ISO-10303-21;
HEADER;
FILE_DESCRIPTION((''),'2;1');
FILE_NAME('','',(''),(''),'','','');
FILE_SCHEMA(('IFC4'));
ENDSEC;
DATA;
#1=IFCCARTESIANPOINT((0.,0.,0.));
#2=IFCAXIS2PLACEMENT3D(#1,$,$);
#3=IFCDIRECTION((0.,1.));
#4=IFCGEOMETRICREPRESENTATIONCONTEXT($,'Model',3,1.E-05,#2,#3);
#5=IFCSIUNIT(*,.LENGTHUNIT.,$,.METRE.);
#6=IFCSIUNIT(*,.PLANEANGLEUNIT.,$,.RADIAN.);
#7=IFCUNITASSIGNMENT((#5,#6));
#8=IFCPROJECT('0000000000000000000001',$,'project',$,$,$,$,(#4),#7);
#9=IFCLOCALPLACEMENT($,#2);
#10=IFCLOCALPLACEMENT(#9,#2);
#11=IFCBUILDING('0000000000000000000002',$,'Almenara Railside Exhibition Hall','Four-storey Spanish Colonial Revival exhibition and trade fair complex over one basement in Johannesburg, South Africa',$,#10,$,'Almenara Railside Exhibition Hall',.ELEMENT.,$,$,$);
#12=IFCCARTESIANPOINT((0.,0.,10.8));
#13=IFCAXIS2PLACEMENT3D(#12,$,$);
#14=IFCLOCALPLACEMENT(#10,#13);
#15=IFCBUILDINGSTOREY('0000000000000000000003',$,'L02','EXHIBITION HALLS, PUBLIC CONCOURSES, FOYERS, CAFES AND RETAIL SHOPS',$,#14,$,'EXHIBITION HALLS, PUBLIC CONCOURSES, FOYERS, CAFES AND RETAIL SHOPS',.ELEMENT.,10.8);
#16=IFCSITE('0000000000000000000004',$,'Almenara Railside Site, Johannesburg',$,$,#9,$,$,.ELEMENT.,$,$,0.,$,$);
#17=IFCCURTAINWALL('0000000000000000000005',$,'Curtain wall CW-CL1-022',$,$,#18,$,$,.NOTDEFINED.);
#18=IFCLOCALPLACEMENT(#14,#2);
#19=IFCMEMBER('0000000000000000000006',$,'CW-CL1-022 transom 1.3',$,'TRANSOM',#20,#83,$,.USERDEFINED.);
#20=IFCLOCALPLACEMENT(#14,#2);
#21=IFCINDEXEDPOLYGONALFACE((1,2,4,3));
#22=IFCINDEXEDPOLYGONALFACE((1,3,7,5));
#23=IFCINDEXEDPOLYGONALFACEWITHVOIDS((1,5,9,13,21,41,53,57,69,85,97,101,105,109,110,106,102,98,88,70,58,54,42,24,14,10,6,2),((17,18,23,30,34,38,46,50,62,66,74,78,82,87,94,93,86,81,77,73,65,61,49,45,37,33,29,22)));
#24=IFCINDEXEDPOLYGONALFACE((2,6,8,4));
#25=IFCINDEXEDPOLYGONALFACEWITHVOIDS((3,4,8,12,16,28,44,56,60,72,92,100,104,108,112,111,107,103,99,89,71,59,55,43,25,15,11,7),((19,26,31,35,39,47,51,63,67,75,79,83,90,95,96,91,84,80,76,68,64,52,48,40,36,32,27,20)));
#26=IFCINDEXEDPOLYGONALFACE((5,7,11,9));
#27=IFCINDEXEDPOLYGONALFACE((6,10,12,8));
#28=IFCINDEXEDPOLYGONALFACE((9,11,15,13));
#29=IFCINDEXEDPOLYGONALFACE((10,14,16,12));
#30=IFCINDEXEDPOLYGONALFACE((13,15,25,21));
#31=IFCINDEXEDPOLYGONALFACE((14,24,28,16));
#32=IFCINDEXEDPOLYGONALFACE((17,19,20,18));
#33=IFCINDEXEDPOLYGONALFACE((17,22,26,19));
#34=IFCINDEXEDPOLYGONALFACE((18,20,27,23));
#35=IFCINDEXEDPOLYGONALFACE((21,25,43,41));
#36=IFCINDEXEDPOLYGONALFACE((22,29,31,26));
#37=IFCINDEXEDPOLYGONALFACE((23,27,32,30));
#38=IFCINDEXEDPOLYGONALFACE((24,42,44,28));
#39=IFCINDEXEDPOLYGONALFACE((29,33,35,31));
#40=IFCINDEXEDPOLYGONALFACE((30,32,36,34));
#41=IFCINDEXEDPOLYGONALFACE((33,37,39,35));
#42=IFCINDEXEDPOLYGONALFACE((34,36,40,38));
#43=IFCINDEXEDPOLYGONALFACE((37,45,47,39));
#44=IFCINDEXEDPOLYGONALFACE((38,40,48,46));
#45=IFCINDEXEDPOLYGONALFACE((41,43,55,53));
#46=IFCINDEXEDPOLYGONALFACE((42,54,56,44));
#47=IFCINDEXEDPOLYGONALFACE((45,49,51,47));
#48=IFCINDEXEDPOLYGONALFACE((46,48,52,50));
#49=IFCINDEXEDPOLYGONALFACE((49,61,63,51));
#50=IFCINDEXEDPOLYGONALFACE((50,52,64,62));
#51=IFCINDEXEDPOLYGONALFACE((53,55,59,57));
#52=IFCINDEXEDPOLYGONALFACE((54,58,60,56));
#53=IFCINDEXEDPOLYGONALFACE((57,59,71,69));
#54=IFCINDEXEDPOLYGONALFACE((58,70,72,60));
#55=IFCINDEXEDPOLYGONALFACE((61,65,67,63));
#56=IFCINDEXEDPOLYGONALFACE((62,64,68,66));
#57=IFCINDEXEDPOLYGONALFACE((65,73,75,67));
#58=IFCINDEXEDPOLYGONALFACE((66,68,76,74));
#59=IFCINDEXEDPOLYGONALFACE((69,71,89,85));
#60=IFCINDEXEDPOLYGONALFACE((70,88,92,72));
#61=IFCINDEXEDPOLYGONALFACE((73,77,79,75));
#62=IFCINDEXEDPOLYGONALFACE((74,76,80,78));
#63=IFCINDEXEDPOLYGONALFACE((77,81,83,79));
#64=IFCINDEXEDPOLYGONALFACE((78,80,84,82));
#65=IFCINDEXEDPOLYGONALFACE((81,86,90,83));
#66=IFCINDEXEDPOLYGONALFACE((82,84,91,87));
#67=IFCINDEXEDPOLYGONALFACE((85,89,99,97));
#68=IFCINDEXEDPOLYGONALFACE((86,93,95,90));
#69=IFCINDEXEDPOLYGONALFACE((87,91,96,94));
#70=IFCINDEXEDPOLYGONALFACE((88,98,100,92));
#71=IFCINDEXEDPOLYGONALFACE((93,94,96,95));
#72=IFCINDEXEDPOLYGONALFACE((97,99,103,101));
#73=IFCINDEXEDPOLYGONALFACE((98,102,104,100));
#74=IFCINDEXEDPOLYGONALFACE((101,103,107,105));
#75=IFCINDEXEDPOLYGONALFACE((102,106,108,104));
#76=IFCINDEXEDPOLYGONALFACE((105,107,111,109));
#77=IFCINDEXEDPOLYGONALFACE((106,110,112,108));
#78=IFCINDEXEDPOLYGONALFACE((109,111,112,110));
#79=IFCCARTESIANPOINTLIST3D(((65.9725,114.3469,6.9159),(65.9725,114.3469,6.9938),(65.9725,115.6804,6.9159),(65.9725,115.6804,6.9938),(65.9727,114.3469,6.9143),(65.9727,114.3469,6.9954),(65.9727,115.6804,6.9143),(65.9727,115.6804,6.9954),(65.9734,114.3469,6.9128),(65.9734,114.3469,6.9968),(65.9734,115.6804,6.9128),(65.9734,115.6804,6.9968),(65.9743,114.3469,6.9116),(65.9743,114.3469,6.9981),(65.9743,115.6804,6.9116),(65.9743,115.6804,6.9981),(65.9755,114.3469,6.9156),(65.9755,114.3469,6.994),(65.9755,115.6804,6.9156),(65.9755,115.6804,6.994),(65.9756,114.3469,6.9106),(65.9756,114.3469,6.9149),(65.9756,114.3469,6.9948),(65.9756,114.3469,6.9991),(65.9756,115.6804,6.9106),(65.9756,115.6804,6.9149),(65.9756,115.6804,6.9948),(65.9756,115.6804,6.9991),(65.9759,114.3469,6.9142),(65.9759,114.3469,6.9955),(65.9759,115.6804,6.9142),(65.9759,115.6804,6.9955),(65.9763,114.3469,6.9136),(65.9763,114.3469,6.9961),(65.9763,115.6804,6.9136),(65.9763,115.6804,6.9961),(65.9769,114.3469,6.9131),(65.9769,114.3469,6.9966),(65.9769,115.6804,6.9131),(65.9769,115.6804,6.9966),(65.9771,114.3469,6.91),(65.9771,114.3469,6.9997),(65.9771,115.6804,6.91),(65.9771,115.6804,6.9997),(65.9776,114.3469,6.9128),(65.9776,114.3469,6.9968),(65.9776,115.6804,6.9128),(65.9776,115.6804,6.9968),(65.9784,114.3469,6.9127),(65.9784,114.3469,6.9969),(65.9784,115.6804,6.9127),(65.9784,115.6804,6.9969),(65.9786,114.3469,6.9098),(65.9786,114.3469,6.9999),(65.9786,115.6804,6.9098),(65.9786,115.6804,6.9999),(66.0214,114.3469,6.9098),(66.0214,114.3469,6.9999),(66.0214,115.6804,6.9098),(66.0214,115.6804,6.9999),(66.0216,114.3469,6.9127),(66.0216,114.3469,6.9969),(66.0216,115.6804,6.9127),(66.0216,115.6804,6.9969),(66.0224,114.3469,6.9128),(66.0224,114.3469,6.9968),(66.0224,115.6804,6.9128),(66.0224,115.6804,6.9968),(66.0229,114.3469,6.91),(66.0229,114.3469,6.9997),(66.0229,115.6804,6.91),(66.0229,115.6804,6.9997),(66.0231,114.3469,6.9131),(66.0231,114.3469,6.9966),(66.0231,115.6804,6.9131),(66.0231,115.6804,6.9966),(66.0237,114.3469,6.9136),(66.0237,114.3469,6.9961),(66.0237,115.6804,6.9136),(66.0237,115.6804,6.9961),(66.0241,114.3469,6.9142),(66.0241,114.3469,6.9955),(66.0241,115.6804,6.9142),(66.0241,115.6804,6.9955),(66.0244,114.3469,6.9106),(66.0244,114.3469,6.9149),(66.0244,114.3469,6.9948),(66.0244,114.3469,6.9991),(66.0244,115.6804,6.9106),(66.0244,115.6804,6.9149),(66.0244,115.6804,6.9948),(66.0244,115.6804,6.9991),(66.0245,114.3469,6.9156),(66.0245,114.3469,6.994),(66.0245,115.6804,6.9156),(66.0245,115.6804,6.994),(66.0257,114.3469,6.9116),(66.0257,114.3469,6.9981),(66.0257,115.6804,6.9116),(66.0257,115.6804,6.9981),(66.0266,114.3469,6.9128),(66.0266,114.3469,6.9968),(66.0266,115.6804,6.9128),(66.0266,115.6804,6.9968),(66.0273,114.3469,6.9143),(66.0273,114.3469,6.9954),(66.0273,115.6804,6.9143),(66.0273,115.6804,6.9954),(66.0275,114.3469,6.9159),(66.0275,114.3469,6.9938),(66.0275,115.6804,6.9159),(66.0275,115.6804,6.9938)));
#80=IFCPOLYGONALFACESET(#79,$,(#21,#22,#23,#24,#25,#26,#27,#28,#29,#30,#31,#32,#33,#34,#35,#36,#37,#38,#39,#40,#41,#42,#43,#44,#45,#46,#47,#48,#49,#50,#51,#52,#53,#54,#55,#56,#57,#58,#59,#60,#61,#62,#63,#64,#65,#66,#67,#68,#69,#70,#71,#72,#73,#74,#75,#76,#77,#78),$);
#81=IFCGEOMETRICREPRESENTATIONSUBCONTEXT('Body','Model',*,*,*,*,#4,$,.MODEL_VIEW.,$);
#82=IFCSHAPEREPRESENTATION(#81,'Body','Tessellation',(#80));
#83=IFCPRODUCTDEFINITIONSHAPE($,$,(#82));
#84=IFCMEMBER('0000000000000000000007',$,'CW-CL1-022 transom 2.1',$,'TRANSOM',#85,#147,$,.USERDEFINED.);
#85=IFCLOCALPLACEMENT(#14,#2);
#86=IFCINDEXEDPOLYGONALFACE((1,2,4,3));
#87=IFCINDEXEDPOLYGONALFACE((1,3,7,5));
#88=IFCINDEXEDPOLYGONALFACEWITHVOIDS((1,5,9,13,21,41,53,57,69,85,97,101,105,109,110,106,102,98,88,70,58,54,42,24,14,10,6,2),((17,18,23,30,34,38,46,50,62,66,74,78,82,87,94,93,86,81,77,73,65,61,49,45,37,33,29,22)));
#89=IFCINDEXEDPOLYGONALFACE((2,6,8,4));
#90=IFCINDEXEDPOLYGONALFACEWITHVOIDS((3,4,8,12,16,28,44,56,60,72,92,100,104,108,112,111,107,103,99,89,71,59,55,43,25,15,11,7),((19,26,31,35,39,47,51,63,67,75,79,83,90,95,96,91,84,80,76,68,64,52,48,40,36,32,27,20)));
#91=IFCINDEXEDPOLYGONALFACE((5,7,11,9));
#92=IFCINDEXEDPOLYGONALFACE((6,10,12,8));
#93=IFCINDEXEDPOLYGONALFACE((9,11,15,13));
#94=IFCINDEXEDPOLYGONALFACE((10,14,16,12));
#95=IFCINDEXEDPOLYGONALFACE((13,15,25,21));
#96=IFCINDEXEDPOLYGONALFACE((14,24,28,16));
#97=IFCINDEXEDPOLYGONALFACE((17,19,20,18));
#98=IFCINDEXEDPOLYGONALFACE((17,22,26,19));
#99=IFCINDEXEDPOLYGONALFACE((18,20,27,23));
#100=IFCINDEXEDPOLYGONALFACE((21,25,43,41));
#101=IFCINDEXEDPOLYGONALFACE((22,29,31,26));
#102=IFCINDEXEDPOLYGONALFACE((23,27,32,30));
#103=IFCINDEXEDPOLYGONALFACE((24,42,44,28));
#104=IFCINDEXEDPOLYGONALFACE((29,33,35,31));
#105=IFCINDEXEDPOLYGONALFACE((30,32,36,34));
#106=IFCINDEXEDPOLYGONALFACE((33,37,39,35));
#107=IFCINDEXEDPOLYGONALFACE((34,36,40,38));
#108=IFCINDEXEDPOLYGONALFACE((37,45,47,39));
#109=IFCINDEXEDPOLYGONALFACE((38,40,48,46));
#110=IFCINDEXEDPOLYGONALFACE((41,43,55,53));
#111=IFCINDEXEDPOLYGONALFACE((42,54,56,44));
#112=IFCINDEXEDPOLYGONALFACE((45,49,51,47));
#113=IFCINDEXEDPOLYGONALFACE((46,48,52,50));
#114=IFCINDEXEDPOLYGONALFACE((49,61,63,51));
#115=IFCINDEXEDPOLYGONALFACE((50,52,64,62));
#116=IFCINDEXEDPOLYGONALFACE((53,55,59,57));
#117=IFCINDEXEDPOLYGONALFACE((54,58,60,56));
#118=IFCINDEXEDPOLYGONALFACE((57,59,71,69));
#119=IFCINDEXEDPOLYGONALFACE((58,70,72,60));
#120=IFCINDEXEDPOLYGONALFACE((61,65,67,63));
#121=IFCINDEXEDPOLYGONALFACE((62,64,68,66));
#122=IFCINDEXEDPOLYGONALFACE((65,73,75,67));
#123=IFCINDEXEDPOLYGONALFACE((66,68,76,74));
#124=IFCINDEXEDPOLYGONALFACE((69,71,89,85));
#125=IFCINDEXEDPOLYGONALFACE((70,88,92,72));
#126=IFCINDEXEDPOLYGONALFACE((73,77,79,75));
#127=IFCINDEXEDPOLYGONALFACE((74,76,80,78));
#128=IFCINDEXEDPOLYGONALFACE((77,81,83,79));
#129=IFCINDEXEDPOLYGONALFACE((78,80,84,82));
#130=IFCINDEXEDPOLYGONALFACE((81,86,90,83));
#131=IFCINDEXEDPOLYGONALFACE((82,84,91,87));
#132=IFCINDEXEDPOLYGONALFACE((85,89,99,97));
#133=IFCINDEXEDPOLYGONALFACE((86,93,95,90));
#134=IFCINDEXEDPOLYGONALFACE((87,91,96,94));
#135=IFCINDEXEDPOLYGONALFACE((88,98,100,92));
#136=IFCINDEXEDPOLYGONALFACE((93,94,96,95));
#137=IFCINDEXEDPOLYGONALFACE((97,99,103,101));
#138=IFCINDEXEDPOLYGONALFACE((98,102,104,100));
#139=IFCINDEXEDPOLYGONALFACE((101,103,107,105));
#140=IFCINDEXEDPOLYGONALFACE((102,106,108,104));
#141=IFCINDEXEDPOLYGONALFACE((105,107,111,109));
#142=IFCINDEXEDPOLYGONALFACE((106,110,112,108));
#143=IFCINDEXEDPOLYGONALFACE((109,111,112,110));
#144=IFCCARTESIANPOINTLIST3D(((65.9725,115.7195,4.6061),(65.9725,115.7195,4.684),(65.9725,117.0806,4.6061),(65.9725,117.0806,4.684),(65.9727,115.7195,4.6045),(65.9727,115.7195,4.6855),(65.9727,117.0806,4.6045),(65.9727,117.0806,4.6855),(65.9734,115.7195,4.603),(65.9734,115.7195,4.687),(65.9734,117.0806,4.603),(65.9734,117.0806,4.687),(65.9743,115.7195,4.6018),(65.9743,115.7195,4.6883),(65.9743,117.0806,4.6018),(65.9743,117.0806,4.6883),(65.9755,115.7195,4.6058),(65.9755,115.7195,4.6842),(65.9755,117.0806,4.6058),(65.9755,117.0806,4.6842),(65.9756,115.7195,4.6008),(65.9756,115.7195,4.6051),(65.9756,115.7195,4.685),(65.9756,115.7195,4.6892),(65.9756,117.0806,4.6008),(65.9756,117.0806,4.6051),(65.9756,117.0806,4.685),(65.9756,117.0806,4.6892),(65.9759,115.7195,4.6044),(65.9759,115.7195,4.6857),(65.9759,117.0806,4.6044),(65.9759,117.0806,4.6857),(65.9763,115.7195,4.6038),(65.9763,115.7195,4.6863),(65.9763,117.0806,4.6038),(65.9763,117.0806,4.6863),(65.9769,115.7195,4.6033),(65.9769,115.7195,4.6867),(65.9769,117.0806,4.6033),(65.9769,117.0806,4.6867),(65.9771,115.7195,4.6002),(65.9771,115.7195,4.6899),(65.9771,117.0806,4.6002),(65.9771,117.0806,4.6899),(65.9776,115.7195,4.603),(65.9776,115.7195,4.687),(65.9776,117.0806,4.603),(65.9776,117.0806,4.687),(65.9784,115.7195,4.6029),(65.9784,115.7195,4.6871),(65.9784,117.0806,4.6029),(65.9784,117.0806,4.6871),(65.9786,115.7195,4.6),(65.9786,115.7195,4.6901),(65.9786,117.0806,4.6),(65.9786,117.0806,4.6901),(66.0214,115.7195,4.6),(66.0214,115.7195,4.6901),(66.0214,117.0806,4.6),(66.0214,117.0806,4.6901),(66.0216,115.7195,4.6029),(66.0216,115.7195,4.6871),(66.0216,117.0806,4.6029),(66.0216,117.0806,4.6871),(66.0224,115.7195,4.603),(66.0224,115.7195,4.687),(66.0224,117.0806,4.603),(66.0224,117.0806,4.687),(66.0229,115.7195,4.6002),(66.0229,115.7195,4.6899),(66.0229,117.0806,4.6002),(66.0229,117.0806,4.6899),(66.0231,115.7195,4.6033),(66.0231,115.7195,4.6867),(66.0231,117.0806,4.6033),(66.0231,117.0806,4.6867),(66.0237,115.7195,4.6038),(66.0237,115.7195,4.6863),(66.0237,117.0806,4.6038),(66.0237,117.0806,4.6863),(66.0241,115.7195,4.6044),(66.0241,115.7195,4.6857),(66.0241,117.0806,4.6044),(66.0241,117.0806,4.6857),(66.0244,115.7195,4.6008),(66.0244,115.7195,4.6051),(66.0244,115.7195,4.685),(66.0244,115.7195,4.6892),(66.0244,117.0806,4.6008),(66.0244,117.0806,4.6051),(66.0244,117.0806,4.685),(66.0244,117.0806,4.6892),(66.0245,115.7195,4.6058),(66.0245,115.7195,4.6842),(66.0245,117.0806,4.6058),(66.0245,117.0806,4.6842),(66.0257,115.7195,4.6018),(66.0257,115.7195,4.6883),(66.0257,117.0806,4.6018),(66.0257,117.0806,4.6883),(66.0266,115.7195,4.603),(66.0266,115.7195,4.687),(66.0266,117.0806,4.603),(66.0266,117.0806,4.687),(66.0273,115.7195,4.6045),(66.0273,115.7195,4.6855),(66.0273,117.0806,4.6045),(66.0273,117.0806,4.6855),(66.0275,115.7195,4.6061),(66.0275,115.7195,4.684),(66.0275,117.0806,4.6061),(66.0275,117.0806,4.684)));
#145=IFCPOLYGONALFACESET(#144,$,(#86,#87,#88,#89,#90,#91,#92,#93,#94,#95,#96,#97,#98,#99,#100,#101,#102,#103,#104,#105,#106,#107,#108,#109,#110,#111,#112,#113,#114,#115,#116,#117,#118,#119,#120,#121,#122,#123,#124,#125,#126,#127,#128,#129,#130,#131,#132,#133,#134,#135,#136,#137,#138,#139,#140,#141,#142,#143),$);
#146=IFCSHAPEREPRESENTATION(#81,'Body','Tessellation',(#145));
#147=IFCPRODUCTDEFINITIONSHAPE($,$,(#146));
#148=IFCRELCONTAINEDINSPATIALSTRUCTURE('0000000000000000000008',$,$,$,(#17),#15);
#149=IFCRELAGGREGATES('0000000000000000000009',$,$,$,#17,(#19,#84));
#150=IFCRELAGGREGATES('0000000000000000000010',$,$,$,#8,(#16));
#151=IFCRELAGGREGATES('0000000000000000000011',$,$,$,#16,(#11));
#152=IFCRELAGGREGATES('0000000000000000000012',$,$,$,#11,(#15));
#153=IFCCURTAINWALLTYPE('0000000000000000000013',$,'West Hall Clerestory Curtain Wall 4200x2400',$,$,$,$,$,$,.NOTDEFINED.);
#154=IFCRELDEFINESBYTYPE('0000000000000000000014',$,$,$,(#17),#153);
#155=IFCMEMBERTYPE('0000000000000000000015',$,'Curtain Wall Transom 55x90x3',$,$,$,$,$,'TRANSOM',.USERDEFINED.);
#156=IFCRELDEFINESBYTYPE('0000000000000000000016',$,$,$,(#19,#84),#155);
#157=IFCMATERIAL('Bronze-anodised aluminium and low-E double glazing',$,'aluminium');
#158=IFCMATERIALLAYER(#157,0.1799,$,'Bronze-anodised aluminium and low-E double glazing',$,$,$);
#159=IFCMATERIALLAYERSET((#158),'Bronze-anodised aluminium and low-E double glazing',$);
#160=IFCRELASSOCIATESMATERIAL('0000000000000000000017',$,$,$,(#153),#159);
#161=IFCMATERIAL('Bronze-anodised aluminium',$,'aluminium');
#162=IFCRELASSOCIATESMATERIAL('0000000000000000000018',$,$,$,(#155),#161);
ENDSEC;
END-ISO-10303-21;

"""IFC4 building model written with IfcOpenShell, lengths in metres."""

from ifc_helpers import new_model, si_unit, direction, frame, origin, origin_2d, place, context, subcontext, project, spatial, hollow_rectangle, extrude, material, layer, layer_set, material_profile, profile_set, type_object, element, aggregate, save


model = new_model("IFC4")

# Units and contexts
model_context = context("Model", 3, precision=1e-05, world=origin(), true_north=direction((0.0, 1.0)))
body_context = subcontext(model_context, "Body", "Model", "MODEL_VIEW")
ifc_project = project(units=[si_unit("LENGTHUNIT", "METRE"), si_unit("PLANEANGLEUNIT", "RADIAN")], contexts=[model_context])

# Site, building, storey
site_placement = place(None, origin())
site = spatial("IfcSite", under=ifc_project, at=site_placement, Name="Almenara Railside Site, Johannesburg", CompositionType="ELEMENT", RefElevation=0.0)
building_placement = place(site_placement, origin())
building = spatial("IfcBuilding", under=site, at=building_placement, Name="Almenara Railside Exhibition Hall", Description="Four-storey Spanish Colonial Revival exhibition and trade fair complex over one basement in Johannesburg, South Africa", LongName="Almenara Railside Exhibition Hall", CompositionType="ELEMENT")
storey_placement = place(building_placement, frame((0.0, 0.0, 10.8)))
storey = spatial("IfcBuildingStorey", under=building, at=storey_placement, Name="L02", Description="EXHIBITION HALLS, PUBLIC CONCOURSES, FOYERS, CAFES AND RETAIL SHOPS", LongName="EXHIBITION HALLS, PUBLIC CONCOURSES, FOYERS, CAFES AND RETAIL SHOPS", CompositionType="ELEMENT", Elevation=10.8)

# Curtain wall
ifc_material_1 = material(Name="Bronze-anodised aluminium and low-E double glazing", Category="aluminium")
ifc_layer_1 = layer(ifc_material_1, 0.1799, Name="Bronze-anodised aluminium and low-E double glazing")
ifc_layer_set_1 = layer_set([ifc_layer_1], Name="Bronze-anodised aluminium and low-E double glazing")
curtain_wall_type = type_object("IfcCurtainWallType", Name="West Hall Clerestory Curtain Wall 4200x2400", PredefinedType="NOTDEFINED", material=ifc_layer_set_1)
curtain_wall_1_placement = place(storey_placement, origin())
curtain_wall_1 = element("IfcCurtainWall", 1, at=curtain_wall_1_placement, inside=storey, type_object=curtain_wall_type, Name="Curtain wall CW-CL1-022", PredefinedType="NOTDEFINED")
ifc_material_2 = material(Name="Bronze-anodised aluminium", Category="aluminium")

# Members
ifc_material_profile_1 = material_profile(ifc_material_2, hollow_rectangle(XDim=0.0549, YDim=0.0901, WallThickness=0.0029, InnerFilletRadius=0.0029, OuterFilletRadius=0.0061, at=origin_2d()), Name="ALU-TRN 55x90x3")
ifc_profile_set_1 = profile_set([ifc_material_profile_1], Name="Bronze-anodised aluminium")
member_type_1 = type_object("IfcMemberType", Name="Curtain Wall Transom 55x90x3", ElementType="TRANSOM", PredefinedType="USERDEFINED", material=ifc_profile_set_1)
member_1_placement = place(storey_placement, frame((66.0, 114.3469, 6.9548), z_axis=(0.0, 1.0, 0.0), x_axis=(-1.0, 0.0, 0.0)))
member_1 = element("IfcMember", 2, at=member_1_placement, type_object=member_type_1, Name="CW-CL1-022 transom 1.3", ObjectType="TRANSOM", PredefinedType="USERDEFINED", context=body_context, shape_type="SweptSolid", body=[
    extrude(hollow_rectangle(XDim=0.0549, YDim=0.0901, WallThickness=0.0029, InnerFilletRadius=0.0029, OuterFilletRadius=0.0061, at=origin_2d()), origin(), (0.0, 0.0, 1.0), 1.3335),
])
member_2_placement = place(storey_placement, frame((66.0, 115.7195, 4.645), z_axis=(0.0, 1.0, 0.0), x_axis=(-1.0, 0.0, 0.0)))
member_2 = element("IfcMember", 3, at=member_2_placement, type_object=member_type_1, Name="CW-CL1-022 transom 2.1", ObjectType="TRANSOM", PredefinedType="USERDEFINED", context=body_context, shape_type="SweptSolid", body=[
    extrude(hollow_rectangle(XDim=0.0549, YDim=0.0901, WallThickness=0.0029, InnerFilletRadius=0.0029, OuterFilletRadius=0.0061, at=origin_2d()), origin(), (0.0, 0.0, 1.0), 1.3611),
])

aggregate(curtain_wall_1, [member_1, member_2])

save(model, "model.ifc")
